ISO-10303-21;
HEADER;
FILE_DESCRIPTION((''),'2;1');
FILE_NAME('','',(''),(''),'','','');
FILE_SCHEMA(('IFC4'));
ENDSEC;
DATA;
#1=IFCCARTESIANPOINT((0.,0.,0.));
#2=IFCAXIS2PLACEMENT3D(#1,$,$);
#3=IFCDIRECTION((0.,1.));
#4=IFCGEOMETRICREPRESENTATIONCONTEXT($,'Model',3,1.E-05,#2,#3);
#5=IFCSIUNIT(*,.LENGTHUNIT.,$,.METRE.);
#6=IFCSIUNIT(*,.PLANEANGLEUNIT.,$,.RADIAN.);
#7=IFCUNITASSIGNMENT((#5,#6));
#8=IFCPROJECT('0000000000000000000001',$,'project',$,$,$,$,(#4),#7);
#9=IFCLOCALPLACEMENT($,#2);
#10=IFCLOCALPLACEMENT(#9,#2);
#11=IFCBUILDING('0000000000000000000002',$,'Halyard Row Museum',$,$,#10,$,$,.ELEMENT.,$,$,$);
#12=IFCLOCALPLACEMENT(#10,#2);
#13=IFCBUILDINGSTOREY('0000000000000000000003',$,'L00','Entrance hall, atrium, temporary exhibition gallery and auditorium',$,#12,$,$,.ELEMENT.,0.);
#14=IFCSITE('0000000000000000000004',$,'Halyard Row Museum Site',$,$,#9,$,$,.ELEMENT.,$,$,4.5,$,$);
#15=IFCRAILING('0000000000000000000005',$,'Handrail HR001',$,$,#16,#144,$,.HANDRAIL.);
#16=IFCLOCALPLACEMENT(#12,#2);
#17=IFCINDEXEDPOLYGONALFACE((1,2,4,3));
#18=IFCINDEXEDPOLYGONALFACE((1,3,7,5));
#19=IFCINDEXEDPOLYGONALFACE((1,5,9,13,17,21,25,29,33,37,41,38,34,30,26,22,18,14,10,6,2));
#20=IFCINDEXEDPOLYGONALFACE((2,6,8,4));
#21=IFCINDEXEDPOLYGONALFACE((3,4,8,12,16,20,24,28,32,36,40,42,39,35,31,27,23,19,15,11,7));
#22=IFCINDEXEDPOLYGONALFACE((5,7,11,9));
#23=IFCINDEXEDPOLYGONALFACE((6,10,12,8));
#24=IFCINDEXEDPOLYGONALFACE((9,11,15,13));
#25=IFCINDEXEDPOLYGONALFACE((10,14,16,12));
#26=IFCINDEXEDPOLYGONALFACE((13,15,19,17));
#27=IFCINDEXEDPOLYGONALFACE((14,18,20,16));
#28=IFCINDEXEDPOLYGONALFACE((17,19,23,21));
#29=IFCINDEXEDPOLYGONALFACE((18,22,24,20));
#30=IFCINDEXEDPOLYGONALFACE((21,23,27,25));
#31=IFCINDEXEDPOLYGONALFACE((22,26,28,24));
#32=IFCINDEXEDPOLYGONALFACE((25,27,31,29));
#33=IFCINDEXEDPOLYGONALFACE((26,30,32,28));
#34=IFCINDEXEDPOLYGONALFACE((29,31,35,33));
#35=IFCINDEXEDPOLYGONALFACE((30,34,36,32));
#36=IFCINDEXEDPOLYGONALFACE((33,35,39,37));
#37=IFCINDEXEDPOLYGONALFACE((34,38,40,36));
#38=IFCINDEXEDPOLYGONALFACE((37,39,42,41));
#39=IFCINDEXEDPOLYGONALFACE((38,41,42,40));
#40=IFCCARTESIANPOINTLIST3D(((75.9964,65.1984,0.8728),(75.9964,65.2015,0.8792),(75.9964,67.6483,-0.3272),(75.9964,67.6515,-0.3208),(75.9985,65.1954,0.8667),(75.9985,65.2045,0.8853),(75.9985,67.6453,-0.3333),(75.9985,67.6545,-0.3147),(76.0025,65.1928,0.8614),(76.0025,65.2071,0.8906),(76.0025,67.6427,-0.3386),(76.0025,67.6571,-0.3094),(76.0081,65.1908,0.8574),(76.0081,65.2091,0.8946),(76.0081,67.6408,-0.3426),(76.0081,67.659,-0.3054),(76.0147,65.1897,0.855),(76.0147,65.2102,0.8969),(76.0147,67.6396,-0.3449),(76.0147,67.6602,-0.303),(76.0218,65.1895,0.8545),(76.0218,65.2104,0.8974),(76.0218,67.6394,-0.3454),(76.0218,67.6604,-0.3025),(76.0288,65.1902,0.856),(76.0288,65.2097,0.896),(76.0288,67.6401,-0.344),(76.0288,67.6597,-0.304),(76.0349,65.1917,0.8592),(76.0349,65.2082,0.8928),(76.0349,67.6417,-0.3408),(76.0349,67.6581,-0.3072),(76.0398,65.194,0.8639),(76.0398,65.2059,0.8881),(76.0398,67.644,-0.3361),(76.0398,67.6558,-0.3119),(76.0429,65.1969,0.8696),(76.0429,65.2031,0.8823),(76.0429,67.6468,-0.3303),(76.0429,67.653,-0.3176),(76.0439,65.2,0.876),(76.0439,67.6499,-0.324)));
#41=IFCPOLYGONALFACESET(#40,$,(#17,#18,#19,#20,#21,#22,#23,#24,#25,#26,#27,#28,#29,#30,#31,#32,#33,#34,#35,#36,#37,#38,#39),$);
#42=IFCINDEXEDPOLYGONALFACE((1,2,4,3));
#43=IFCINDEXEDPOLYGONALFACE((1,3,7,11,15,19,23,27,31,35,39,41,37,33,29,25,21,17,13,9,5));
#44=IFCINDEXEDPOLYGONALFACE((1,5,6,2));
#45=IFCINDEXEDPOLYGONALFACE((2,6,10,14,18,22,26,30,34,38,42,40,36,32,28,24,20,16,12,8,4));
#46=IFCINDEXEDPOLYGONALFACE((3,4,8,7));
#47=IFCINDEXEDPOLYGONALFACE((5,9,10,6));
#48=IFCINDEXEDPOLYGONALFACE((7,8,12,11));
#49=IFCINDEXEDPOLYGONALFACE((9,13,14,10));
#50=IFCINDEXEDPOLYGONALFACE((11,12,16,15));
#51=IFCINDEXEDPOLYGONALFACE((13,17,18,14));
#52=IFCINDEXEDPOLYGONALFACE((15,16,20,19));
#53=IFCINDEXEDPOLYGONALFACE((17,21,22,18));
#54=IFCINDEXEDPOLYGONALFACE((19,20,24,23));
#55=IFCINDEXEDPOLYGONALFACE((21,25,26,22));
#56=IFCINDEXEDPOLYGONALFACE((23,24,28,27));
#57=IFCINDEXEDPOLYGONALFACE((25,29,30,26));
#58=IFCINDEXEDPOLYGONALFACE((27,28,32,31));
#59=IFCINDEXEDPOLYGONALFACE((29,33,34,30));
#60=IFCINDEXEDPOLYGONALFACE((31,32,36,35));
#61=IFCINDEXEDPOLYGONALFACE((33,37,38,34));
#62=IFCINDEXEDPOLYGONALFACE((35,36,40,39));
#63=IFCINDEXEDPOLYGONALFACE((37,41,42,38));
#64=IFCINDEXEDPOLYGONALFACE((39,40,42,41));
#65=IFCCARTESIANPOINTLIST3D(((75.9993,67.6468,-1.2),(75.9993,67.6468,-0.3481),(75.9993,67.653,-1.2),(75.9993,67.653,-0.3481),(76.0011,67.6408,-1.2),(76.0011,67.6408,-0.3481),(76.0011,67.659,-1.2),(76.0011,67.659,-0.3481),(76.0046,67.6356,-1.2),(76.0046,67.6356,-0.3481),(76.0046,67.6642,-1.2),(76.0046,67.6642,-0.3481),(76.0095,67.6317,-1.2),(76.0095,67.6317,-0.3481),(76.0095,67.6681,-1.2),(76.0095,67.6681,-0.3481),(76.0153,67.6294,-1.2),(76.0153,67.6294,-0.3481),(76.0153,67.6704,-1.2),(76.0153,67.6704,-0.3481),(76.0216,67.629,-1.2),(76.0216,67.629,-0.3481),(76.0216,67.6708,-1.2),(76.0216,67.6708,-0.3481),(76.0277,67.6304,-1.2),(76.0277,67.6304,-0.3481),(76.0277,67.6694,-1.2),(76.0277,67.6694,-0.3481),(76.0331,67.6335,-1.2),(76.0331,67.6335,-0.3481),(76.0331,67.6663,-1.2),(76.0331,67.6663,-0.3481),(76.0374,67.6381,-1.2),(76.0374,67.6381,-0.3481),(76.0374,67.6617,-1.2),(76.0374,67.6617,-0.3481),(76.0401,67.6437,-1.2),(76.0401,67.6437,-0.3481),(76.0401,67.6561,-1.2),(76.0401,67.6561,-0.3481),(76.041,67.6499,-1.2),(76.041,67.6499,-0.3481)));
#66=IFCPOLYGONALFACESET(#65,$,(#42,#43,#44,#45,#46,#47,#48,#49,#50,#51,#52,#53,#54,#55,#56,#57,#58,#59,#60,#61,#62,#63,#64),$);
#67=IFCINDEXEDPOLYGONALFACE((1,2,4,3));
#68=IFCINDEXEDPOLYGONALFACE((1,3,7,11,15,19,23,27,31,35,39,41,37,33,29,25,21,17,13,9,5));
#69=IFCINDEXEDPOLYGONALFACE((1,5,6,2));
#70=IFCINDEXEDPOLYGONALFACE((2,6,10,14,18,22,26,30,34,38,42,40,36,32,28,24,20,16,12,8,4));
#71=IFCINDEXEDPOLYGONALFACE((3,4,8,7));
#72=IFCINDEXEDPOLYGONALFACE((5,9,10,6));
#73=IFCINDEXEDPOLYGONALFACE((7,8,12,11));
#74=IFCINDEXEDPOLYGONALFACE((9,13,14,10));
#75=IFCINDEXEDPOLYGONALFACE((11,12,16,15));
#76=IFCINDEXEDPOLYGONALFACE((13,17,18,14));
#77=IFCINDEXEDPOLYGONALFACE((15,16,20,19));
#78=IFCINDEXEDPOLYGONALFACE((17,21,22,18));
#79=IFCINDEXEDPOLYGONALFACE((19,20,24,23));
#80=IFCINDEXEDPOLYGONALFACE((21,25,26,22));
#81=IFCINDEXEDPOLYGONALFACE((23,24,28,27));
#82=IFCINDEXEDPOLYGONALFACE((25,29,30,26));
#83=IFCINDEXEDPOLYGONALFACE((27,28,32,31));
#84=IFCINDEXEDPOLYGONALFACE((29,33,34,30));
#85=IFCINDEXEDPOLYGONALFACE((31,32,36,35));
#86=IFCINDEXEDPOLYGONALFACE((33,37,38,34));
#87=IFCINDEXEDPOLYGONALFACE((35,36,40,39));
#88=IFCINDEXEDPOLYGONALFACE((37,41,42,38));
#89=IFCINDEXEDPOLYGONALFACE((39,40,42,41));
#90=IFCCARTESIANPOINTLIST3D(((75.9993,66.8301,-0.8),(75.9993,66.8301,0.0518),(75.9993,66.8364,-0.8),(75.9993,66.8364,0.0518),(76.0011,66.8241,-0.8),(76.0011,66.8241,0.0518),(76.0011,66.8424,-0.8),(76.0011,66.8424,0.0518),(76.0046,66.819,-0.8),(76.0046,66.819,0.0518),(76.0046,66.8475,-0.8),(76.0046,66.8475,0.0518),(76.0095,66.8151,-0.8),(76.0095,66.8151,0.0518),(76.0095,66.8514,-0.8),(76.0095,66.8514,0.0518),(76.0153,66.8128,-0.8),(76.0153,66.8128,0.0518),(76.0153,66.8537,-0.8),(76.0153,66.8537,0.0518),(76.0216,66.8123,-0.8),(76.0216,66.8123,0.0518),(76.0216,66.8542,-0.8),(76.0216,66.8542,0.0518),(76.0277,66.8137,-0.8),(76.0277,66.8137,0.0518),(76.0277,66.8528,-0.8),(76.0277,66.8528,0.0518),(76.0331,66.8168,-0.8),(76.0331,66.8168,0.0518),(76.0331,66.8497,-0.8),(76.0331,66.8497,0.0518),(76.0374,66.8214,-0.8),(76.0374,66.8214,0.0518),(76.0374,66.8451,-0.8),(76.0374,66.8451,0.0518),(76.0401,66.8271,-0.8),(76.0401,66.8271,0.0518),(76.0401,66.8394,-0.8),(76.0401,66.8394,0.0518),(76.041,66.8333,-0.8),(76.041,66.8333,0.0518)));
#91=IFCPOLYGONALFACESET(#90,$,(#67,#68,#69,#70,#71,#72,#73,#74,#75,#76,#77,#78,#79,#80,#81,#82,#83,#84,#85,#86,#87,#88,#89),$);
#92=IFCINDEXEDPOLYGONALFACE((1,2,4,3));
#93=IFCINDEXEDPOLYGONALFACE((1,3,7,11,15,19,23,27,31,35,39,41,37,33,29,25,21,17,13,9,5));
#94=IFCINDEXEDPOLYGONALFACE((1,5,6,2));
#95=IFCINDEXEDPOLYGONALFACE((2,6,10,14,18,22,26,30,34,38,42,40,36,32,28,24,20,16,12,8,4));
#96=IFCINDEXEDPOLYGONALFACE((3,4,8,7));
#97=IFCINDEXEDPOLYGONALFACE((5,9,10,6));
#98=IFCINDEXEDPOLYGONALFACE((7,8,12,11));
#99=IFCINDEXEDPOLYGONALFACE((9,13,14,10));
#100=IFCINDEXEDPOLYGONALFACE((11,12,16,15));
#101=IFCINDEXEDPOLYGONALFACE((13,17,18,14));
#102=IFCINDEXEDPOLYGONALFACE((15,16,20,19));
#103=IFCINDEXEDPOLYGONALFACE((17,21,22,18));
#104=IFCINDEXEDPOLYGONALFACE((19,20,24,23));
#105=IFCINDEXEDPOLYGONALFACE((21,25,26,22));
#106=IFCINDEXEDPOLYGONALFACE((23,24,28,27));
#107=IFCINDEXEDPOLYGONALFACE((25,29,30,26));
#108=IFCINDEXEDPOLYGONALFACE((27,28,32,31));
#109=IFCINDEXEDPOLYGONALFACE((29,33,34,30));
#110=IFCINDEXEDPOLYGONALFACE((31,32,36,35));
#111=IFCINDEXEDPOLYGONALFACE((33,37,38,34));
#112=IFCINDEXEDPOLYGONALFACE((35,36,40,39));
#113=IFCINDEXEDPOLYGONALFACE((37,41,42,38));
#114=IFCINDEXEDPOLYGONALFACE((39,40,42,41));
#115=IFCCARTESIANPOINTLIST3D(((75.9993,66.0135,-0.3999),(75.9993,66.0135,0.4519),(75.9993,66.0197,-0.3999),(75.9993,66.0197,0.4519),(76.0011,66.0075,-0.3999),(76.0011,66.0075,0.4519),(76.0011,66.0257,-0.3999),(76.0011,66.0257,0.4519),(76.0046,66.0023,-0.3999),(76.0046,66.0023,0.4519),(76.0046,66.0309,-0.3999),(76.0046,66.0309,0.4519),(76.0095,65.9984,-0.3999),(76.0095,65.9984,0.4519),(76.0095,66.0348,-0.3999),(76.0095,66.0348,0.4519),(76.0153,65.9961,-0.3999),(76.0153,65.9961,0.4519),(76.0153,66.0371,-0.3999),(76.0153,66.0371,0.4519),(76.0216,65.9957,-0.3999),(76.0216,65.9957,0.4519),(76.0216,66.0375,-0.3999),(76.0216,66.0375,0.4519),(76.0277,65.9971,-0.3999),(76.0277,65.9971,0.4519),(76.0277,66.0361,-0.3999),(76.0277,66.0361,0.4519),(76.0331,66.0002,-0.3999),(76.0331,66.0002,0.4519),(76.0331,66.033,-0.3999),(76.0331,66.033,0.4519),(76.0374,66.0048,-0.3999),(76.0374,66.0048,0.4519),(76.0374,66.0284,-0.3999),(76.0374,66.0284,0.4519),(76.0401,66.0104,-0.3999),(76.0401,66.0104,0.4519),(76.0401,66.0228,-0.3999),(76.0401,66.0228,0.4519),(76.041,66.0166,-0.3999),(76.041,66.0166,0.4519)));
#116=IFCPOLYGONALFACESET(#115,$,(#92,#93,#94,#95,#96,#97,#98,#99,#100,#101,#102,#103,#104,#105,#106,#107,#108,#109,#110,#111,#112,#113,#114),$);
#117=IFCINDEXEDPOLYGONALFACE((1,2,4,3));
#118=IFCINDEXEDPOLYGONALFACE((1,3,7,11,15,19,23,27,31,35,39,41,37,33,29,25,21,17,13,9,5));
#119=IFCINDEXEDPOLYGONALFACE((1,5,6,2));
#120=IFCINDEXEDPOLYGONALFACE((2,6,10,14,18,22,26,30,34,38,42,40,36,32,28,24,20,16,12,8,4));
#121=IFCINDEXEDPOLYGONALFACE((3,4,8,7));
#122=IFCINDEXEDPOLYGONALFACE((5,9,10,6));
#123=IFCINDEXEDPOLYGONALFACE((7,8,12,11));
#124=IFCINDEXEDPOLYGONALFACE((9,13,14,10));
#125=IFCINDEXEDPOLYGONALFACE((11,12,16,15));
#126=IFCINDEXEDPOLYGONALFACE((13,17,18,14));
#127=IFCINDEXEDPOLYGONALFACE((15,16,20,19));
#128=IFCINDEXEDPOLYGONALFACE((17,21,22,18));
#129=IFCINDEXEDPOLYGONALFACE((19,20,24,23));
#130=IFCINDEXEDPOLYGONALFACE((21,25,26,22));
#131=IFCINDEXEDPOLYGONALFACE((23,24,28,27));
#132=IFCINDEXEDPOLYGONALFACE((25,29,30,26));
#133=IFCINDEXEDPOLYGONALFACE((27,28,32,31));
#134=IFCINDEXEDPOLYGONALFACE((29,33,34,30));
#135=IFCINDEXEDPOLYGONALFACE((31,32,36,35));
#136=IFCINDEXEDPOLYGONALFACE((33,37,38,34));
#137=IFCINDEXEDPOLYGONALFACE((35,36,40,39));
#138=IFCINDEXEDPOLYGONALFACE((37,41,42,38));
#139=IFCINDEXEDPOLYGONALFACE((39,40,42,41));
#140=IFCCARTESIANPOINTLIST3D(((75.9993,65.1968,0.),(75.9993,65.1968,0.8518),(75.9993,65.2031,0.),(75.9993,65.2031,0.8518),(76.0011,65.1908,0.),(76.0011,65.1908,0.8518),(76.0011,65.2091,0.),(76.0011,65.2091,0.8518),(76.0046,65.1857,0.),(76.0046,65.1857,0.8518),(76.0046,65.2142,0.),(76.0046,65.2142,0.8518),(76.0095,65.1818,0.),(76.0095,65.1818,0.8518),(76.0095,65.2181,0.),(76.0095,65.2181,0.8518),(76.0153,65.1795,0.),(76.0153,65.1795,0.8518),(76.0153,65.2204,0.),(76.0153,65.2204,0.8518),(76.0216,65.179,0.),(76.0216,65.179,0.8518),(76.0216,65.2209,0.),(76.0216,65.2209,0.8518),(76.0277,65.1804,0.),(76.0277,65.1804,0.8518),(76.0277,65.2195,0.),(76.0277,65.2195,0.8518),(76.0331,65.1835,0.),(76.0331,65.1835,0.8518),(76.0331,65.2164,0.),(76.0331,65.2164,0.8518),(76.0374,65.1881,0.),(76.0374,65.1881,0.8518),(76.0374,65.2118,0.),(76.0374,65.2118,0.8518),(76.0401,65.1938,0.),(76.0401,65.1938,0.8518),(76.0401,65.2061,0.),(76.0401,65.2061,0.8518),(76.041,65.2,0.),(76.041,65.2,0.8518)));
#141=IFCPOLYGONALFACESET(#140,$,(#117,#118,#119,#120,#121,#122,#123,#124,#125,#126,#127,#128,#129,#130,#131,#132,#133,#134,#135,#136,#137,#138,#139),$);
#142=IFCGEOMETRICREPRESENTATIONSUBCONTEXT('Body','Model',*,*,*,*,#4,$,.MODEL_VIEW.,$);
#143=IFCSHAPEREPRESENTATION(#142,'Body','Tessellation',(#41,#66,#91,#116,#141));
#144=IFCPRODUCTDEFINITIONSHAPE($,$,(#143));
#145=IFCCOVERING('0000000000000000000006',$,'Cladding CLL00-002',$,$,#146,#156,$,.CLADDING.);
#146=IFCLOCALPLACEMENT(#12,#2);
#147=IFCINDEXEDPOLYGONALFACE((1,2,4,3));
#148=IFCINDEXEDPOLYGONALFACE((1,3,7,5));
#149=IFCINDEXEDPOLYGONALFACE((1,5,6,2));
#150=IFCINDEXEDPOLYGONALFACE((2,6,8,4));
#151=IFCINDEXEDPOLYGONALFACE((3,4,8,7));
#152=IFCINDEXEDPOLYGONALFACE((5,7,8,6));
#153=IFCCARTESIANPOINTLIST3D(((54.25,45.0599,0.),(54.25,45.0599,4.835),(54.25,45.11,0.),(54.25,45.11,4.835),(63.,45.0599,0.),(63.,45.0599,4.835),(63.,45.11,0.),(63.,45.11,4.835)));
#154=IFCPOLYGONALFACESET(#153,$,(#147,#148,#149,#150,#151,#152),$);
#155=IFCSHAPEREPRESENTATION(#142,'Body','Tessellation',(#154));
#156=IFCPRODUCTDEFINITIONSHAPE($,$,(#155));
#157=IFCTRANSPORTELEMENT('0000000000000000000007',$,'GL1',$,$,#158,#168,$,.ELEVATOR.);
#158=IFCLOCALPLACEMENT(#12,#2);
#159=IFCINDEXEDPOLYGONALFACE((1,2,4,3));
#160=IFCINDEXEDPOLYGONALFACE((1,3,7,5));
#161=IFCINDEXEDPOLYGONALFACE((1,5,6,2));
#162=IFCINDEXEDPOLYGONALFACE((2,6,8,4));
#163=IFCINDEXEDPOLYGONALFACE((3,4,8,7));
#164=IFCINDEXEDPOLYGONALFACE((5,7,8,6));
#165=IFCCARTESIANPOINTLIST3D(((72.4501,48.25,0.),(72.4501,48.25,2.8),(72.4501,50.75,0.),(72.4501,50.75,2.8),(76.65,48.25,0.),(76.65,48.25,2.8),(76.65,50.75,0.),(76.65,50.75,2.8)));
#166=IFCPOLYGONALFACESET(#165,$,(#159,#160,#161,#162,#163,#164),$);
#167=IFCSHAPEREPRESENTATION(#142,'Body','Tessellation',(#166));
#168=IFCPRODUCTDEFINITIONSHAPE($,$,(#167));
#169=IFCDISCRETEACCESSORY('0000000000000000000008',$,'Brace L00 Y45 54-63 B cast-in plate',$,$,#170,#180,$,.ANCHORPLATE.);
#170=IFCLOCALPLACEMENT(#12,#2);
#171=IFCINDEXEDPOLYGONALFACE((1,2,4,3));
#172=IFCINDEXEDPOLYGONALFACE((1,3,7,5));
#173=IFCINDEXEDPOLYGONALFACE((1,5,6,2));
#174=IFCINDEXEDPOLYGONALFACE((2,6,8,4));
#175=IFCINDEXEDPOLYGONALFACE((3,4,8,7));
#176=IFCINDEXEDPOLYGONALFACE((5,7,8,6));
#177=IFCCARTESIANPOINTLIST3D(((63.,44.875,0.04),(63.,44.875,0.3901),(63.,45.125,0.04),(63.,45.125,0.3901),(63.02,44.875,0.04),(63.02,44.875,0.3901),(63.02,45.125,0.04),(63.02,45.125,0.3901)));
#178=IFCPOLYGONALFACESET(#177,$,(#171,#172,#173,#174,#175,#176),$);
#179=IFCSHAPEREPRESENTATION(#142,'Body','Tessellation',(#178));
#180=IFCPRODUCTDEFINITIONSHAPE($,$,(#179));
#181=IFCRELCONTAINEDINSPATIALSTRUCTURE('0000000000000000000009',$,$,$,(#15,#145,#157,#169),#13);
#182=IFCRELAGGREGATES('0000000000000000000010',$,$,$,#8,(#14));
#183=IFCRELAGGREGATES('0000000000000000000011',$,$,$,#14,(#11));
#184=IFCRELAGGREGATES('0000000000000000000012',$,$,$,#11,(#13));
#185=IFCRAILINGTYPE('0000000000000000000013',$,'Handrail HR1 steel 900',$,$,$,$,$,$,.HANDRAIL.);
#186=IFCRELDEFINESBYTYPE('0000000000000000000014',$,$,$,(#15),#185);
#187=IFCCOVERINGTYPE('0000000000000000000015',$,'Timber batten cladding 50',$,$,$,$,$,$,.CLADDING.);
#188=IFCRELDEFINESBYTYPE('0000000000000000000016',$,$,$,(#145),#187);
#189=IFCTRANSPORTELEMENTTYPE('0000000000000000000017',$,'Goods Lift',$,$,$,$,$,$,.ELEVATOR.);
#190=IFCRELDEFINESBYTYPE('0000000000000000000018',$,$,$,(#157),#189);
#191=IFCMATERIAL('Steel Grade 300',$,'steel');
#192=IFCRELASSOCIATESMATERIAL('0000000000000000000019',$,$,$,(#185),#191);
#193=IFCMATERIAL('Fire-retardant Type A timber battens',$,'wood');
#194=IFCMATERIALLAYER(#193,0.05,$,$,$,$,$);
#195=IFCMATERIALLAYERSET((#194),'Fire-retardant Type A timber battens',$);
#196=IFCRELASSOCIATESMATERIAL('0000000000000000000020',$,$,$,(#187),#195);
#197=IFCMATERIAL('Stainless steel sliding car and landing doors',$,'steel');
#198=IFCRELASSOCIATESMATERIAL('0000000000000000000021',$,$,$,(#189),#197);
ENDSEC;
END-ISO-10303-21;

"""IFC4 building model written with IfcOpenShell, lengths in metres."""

from ifc_helpers import new_model, si_unit, direction, frame, frame_2d, origin, origin_2d, place, context, subcontext, project, spatial, rectangle, circle, extrude, material, layer, layer_set, type_object, element, save


model = new_model("IFC4")

# Units and contexts
model_context = context("Model", 3, precision=1e-05, world=origin(), true_north=direction((0.0, 1.0)))
body_context = subcontext(model_context, "Body", "Model", "MODEL_VIEW")
ifc_project = project(units=[si_unit("LENGTHUNIT", "METRE"), si_unit("PLANEANGLEUNIT", "RADIAN")], contexts=[model_context])

# Site, building, storey
site_placement = place(None, origin())
site = spatial("IfcSite", under=ifc_project, at=site_placement, Name="Halyard Row Museum Site", CompositionType="ELEMENT", RefElevation=4.5)
building_placement = place(site_placement, origin())
building = spatial("IfcBuilding", under=site, at=building_placement, Name="Halyard Row Museum", CompositionType="ELEMENT")
storey_placement = place(building_placement, origin())
storey = spatial("IfcBuildingStorey", under=building, at=storey_placement, Name="L00", Description="Entrance hall, atrium, temporary exhibition gallery and auditorium", CompositionType="ELEMENT", Elevation=0.0)

# Railing
ifc_material_1 = material(Name="Steel Grade 300", Category="steel")
railing_type_1 = type_object("IfcRailingType", Name="Handrail HR1 steel 900", PredefinedType="HANDRAIL", material=ifc_material_1)
railing_1_placement = place(storey_placement, frame((76.02, 67.6499, -1.2)))
element("IfcRailing", 1, at=railing_1_placement, inside=storey, type_object=railing_type_1, Name="Handrail HR001", PredefinedType="HANDRAIL", context=body_context, shape_type="SweptSolid", body=[
    extrude(circle(Radius=0.0239, at=origin_2d()), frame((0.0, 0.0, 0.876), z_axis=(0.0, -0.898066, 0.43986), x_axis=(1.0, 0.0, 0.0)), (0.0, 0.0, 1.0), 2.728),
    extrude(circle(Radius=0.021, at=origin_2d()), origin(), (0.0, 0.0, 1.0), 0.8518),
    extrude(circle(Radius=0.021, at=origin_2d()), frame((0.0, -0.8167, 0.3999)), (0.0, 0.0, 1.0), 0.8518),
    extrude(circle(Radius=0.021, at=origin_2d()), frame((0.0, -1.6333, 0.8)), (0.0, 0.0, 1.0), 0.8518),
    extrude(circle(Radius=0.021, at=origin_2d()), frame((0.0, -2.45, 1.2)), (0.0, 0.0, 1.0), 0.8518),
])

# Covering
ifc_material_2 = material(Name="Fire-retardant Type A timber battens", Category="wood")
ifc_layer_1 = layer(ifc_material_2, 0.05)
ifc_layer_set_1 = layer_set([ifc_layer_1], Name="Fire-retardant Type A timber battens")
covering_type = type_object("IfcCoveringType", Name="Timber batten cladding 50", PredefinedType="CLADDING", material=ifc_layer_set_1)
covering_placement = place(storey_placement, frame((63.0, 45.085, 0.0), z_axis=(0.0, 0.0, 1.0), x_axis=(-1.0, 0.0, 0.0)))
element("IfcCovering", 2, at=covering_placement, inside=storey, type_object=covering_type, Name="Cladding CLL00-002", PredefinedType="CLADDING", context=body_context, shape_type="SweptSolid", body=[
    extrude(rectangle(XDim=8.75, YDim=0.05, at=frame_2d((4.375, 0.0))), origin(), (0.0, 0.0, 1.0), 4.835),
])

# Transport element
ifc_material_3 = material(Name="Stainless steel sliding car and landing doors", Category="steel")
transport_element_type = type_object("IfcTransportElementType", Name="Goods Lift", PredefinedType="ELEVATOR", material=ifc_material_3)
transport_element_placement = place(storey_placement, frame((74.55, 49.5, 0.0), z_axis=(0.0, 0.0, 1.0), x_axis=(1.0, 0.0, 0.0)))
element("IfcTransportElement", 3, at=transport_element_placement, inside=storey, type_object=transport_element_type, Name="GL1", PredefinedType="ELEVATOR", context=body_context, shape_type="SweptSolid", body=[
    extrude(rectangle(XDim=4.2, YDim=2.5, at=origin_2d()), origin(), (0.0, 0.0, 1.0), 2.8),
])

# Discrete accessory
discrete_accessory_placement = place(storey_placement, frame((63.0, 45.0, 0.2151), z_axis=(1.0, 0.0, 0.0), x_axis=(0.0, 1.0, 0.0)))
element("IfcDiscreteAccessory", 4, at=discrete_accessory_placement, inside=storey, Name="Brace L00 Y45 54-63 B cast-in plate", PredefinedType="ANCHORPLATE", context=body_context, shape_type="SweptSolid", body=[
    extrude(rectangle(XDim=0.25, YDim=0.3501, at=origin_2d()), origin(), (0.0, 0.0, 1.0), 0.02),
])

save(model, "model.ifc")
